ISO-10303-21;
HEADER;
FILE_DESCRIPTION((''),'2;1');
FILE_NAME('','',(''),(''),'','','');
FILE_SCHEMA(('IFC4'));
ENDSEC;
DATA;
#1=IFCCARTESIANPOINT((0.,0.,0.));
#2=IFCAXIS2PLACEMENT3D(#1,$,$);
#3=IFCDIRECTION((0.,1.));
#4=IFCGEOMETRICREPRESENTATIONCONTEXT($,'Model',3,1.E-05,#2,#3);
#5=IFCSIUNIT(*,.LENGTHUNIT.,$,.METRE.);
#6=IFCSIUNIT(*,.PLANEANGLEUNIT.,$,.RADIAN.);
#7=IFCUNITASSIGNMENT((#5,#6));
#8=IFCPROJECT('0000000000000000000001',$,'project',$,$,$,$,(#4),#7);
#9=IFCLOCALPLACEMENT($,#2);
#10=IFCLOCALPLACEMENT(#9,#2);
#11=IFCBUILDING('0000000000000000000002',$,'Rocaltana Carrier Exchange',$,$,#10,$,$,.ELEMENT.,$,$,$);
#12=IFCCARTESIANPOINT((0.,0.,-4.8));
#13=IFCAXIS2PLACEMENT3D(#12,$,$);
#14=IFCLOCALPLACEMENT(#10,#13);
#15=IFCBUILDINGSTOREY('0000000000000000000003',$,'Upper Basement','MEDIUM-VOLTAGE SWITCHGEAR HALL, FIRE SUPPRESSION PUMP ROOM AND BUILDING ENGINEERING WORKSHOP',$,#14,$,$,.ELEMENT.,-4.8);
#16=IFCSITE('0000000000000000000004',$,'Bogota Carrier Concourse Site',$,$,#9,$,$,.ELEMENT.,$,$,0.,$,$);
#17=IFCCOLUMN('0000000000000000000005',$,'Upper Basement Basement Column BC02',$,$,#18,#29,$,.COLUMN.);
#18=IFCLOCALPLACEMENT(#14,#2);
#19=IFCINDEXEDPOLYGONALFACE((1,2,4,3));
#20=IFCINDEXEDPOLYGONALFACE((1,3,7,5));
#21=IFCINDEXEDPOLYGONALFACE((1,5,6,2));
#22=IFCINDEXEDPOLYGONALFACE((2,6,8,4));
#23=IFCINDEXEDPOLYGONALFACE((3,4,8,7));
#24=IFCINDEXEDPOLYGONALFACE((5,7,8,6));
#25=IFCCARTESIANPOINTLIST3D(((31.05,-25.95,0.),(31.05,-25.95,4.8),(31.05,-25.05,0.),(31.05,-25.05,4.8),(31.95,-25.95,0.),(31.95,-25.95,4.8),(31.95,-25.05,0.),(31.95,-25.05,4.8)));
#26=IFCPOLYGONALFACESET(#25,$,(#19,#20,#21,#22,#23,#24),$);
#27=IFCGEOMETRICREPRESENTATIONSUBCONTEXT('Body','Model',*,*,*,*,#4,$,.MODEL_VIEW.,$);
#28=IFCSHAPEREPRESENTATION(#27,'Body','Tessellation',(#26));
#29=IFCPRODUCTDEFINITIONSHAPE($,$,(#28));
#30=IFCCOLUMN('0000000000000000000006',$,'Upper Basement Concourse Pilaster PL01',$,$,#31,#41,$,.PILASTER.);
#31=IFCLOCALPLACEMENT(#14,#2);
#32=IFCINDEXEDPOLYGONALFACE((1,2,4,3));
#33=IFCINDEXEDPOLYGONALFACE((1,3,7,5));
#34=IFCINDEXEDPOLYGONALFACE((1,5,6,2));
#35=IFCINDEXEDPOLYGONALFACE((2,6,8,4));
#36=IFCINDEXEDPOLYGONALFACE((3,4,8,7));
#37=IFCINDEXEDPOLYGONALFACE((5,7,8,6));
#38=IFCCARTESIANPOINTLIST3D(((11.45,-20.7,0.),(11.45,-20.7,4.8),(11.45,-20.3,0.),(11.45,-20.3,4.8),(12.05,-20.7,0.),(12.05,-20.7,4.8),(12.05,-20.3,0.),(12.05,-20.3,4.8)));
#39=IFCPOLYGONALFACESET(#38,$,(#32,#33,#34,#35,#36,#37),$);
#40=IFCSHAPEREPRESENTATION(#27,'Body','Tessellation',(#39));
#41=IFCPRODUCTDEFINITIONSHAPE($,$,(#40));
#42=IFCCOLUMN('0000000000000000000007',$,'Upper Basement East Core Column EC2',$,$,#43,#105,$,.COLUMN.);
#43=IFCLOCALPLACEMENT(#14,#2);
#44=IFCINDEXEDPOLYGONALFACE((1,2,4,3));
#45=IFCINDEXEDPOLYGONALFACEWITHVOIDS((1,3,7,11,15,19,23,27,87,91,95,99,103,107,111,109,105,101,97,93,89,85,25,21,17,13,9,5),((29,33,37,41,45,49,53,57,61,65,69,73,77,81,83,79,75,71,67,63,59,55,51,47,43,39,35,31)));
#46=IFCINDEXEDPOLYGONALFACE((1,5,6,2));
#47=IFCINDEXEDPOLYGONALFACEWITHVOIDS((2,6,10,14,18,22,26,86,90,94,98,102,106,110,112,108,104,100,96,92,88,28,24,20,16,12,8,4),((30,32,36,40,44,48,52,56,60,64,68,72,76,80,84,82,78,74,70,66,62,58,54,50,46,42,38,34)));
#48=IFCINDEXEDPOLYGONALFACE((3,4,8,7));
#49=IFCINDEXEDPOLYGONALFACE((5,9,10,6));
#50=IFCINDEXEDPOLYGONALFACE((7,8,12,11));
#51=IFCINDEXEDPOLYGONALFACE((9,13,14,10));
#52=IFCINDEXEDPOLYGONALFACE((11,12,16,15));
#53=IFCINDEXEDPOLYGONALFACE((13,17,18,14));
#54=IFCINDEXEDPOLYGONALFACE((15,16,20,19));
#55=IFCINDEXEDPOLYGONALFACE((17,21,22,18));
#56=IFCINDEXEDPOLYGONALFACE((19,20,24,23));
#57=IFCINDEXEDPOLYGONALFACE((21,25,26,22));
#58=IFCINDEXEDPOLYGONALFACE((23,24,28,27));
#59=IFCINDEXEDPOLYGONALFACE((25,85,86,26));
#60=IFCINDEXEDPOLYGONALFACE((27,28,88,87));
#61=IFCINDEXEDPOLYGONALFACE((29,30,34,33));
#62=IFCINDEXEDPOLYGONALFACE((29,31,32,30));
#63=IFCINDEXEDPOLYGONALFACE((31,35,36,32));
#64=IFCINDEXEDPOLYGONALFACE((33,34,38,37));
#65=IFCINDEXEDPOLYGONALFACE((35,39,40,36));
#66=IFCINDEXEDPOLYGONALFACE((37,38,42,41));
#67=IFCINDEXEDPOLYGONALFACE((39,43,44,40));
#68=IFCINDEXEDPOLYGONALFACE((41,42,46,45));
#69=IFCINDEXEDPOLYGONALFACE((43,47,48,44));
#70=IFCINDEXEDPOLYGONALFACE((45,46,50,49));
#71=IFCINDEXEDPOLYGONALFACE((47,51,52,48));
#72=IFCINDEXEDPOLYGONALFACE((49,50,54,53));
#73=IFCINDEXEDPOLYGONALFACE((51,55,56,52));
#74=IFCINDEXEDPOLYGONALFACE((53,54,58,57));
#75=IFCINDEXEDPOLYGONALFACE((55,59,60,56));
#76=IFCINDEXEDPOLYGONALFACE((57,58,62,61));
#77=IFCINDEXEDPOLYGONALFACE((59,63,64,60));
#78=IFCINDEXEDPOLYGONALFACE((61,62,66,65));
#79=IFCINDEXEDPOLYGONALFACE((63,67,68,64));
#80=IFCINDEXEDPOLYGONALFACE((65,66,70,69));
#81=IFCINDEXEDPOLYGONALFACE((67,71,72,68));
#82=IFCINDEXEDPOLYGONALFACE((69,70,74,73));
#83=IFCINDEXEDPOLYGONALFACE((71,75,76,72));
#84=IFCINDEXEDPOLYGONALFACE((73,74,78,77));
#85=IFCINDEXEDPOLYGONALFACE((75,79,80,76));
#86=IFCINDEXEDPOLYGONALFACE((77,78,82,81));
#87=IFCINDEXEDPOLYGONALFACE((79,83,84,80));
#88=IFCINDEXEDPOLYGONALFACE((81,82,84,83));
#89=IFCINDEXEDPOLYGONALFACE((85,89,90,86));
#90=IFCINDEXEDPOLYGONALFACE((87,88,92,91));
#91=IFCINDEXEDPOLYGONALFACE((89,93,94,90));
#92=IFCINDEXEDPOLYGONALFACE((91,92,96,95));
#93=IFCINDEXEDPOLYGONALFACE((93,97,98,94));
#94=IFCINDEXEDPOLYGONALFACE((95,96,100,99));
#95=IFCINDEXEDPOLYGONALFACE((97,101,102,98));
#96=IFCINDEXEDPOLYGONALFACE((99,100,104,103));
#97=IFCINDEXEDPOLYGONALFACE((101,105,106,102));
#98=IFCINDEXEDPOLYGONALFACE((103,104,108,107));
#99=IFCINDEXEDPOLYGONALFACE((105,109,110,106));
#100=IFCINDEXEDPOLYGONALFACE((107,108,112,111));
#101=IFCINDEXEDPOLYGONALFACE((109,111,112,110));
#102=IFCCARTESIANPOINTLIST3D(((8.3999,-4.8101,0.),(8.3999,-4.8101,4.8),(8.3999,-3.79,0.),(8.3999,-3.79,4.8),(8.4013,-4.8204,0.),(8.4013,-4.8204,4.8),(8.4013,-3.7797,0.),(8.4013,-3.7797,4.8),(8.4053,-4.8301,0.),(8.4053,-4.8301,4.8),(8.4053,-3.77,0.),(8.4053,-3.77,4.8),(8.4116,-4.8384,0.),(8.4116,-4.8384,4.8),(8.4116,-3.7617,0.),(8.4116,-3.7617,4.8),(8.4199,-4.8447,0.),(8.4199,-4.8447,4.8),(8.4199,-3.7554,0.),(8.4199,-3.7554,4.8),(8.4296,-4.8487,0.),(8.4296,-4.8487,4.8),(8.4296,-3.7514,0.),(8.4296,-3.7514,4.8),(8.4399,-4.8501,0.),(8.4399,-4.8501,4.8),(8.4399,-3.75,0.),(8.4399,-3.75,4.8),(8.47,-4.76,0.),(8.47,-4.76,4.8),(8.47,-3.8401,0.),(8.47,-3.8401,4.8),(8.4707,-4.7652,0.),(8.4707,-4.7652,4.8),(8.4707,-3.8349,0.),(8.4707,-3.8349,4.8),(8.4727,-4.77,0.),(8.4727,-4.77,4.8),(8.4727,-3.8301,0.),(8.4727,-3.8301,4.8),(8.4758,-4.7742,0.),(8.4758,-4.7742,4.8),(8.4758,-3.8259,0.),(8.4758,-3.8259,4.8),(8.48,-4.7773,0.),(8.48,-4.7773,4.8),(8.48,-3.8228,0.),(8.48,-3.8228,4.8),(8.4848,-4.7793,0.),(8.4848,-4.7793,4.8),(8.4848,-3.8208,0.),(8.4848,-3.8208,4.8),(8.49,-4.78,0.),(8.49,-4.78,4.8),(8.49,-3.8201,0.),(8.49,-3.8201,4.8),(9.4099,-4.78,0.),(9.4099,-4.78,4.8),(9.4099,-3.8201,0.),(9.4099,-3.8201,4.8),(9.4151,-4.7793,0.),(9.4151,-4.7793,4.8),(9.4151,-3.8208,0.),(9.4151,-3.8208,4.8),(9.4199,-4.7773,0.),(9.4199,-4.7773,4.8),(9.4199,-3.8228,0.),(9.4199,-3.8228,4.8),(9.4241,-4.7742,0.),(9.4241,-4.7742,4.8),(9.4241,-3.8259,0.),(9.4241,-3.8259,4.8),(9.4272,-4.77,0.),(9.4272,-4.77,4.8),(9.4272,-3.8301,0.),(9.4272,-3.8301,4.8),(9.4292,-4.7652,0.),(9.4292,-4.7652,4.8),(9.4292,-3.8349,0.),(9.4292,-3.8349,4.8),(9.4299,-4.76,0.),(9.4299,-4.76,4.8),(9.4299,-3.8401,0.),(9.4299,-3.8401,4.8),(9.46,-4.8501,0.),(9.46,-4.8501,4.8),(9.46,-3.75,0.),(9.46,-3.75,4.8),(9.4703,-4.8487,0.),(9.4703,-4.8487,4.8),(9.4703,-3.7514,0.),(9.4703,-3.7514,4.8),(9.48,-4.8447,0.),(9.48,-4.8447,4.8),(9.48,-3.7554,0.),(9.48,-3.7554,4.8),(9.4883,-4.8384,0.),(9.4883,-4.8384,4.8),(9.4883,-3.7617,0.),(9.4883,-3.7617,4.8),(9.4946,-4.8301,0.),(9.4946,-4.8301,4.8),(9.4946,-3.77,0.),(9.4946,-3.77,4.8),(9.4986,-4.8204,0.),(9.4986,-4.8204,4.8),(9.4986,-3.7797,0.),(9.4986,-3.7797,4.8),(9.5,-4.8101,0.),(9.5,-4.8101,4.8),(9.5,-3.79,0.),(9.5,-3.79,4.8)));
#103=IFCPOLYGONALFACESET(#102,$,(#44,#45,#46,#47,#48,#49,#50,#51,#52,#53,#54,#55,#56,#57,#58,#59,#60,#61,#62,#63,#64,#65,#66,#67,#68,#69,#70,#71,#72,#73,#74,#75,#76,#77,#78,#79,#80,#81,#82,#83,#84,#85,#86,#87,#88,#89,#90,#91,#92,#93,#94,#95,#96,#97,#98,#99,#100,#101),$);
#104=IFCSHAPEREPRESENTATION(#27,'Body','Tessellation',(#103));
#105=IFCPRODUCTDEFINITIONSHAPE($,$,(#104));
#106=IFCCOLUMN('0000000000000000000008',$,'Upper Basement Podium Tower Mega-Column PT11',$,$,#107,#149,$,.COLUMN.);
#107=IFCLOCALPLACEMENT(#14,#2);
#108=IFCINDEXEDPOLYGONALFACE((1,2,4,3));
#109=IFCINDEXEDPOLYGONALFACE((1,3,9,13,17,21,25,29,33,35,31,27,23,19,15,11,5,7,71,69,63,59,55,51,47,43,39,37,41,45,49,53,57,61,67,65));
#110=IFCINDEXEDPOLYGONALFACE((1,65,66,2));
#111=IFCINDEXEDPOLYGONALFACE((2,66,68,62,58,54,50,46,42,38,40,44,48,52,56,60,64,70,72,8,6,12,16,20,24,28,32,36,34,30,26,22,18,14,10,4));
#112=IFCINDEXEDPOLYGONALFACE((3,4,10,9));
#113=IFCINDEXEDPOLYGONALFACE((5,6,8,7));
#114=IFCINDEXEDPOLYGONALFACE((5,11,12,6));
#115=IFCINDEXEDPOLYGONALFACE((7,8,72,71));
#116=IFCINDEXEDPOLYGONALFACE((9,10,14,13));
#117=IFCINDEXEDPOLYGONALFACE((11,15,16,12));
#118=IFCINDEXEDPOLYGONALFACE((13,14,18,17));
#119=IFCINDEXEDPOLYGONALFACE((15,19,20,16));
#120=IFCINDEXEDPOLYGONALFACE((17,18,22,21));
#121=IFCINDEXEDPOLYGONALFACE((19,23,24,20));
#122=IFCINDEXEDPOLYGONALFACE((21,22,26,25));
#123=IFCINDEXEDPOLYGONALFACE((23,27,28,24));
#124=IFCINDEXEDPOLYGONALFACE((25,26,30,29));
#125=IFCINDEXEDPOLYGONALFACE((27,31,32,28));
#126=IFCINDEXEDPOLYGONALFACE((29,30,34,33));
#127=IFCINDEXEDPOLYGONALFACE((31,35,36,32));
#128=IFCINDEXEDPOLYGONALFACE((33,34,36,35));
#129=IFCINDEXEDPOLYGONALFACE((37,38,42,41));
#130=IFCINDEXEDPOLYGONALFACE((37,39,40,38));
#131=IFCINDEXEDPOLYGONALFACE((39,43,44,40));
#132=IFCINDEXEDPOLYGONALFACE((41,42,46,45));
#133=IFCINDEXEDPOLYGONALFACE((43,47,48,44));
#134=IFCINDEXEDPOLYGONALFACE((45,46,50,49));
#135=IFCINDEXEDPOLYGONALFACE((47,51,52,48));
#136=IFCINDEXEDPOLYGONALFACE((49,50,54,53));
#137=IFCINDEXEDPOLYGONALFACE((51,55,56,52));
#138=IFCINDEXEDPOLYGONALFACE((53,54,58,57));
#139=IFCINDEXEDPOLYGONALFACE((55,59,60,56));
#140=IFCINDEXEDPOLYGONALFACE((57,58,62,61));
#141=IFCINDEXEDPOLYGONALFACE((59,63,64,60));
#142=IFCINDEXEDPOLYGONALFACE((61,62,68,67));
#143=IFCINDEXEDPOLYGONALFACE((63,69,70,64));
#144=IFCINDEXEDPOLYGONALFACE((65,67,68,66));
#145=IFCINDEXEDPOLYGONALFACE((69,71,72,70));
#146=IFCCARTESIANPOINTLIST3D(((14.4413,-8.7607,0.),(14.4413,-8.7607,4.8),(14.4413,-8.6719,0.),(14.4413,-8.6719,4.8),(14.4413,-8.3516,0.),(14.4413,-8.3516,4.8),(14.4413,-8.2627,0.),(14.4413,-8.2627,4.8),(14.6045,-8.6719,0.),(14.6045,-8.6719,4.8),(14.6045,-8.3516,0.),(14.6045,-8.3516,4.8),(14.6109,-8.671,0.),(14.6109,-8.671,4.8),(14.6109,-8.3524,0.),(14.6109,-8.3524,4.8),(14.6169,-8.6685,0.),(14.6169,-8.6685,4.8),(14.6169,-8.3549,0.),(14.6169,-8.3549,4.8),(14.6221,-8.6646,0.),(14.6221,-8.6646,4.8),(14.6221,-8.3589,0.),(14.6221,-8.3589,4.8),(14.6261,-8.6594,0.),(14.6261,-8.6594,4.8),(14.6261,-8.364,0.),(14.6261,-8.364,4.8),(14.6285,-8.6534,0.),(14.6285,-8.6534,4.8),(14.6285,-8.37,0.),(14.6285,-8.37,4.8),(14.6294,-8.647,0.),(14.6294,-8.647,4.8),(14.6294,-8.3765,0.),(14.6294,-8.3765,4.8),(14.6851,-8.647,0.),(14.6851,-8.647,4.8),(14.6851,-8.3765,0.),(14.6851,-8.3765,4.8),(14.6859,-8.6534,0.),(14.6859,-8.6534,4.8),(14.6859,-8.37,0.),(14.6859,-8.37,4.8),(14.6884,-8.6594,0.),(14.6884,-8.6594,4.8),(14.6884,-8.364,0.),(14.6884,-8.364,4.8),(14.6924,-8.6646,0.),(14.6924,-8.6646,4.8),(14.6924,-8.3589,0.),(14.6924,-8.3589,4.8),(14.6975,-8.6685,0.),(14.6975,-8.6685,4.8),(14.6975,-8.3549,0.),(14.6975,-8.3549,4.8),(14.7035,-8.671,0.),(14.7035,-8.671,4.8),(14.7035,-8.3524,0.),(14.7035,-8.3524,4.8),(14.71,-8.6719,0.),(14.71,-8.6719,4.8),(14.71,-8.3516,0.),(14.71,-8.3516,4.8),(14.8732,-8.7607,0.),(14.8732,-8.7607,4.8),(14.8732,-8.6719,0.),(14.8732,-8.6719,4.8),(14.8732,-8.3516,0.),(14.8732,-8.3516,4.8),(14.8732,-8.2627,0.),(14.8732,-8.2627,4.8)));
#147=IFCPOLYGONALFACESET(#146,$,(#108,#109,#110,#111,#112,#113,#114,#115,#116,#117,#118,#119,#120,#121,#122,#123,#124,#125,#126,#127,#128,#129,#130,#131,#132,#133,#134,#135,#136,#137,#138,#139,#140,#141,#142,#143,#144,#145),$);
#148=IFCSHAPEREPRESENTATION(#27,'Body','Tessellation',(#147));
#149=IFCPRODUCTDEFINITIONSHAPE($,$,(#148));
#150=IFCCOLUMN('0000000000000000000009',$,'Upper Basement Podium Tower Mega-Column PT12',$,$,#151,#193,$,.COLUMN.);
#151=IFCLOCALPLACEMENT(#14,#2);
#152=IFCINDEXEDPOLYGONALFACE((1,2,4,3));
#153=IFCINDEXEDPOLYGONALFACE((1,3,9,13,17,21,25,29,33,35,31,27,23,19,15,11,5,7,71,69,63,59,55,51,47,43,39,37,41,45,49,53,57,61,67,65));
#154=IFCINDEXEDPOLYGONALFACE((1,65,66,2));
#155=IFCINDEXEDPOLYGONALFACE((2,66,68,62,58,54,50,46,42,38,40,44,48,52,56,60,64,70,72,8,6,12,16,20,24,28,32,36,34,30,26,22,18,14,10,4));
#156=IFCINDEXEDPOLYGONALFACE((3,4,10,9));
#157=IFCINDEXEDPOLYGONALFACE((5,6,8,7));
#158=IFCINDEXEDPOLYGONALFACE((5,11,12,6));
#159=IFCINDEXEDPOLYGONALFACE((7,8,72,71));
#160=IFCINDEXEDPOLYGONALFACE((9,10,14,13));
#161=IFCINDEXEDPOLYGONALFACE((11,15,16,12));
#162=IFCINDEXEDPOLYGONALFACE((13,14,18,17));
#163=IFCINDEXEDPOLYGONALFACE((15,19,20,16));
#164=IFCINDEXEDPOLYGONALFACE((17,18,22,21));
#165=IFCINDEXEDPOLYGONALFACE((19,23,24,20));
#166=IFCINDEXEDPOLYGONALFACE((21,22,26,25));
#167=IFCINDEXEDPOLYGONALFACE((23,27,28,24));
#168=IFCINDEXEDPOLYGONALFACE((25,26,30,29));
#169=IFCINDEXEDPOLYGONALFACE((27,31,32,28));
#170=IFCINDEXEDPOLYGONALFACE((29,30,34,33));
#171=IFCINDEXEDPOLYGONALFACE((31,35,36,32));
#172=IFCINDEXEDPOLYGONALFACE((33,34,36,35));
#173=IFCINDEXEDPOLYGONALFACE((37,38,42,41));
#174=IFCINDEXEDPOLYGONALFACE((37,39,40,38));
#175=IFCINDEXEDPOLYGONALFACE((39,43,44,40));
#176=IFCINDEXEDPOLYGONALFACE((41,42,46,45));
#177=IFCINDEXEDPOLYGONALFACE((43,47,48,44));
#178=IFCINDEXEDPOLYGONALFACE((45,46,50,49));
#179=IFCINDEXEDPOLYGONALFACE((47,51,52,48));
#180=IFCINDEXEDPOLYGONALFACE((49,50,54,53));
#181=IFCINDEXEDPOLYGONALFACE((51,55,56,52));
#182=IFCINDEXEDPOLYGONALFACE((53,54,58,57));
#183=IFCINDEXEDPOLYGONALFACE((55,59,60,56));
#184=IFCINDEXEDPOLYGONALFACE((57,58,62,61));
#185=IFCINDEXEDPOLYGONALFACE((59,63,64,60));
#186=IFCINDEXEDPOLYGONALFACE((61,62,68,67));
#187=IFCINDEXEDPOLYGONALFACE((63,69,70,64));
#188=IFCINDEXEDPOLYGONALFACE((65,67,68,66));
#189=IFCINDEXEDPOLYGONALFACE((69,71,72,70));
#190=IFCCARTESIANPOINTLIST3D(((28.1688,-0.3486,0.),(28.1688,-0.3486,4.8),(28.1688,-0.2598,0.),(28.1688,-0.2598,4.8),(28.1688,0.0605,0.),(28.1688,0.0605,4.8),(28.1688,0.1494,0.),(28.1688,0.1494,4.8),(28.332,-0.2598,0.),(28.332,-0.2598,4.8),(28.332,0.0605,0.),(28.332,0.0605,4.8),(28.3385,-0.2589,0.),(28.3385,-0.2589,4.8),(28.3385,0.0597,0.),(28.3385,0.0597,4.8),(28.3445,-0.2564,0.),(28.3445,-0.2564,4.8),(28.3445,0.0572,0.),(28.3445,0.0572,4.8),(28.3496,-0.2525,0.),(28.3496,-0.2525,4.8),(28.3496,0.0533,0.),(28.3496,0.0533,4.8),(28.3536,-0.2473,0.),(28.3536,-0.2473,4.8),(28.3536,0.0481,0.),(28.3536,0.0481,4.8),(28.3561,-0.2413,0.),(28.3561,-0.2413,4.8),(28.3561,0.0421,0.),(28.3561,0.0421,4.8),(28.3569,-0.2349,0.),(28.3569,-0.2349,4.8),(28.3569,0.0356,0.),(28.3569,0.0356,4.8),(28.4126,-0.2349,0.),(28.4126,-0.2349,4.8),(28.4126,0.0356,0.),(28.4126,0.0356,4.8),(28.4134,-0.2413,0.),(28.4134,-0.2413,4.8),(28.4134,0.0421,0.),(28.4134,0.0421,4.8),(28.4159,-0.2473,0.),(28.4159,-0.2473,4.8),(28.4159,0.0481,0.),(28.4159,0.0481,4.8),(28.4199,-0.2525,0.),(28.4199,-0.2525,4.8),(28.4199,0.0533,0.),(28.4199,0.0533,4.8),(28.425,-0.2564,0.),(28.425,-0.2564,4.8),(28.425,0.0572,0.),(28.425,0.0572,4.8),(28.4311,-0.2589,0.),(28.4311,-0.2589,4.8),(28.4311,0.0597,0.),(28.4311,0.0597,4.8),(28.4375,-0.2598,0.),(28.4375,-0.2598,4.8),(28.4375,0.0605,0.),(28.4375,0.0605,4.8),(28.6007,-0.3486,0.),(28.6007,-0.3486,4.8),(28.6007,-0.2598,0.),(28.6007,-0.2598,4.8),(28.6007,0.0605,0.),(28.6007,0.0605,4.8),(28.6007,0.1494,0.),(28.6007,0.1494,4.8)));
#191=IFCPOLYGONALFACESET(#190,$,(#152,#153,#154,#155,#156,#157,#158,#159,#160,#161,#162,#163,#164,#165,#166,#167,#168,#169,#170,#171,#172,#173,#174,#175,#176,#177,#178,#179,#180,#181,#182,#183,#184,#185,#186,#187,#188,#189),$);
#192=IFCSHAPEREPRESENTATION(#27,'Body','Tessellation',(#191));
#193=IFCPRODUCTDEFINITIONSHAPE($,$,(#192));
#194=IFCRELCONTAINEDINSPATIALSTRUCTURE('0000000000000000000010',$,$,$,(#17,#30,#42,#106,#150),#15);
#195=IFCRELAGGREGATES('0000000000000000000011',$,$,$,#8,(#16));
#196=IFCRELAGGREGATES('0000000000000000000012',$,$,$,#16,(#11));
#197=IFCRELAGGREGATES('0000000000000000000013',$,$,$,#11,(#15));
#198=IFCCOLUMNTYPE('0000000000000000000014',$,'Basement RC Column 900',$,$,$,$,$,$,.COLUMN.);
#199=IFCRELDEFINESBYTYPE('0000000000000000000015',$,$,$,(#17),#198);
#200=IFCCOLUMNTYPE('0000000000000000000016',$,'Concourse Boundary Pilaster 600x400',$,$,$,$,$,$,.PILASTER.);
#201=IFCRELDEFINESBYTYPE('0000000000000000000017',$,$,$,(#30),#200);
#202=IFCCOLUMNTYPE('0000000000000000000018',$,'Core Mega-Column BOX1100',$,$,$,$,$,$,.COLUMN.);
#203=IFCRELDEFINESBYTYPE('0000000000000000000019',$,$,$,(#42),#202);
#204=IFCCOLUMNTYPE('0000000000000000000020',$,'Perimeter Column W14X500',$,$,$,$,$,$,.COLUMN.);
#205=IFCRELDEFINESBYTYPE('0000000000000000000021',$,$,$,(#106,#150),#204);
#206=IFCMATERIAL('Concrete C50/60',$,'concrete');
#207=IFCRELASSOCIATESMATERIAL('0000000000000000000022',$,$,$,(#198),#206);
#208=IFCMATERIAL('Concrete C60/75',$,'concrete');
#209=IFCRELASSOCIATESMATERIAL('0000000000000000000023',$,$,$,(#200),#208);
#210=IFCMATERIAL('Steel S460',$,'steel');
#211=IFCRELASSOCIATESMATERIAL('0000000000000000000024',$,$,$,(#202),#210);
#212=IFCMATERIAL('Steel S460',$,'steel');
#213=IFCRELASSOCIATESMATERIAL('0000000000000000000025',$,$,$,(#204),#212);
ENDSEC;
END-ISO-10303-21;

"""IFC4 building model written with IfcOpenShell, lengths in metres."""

from ifc_helpers import new_model, si_unit, direction, frame, origin, origin_2d, place, context, subcontext, project, spatial, rectangle, hollow_rectangle, i_section, extrude, material, material_profile, profile_set, type_object, element, save


model = new_model("IFC4")

# Units and contexts
model_context = context("Model", 3, precision=1e-05, world=origin(), true_north=direction((0.0, 1.0)))
body_context = subcontext(model_context, "Body", "Model", "MODEL_VIEW")
ifc_project = project(units=[si_unit("LENGTHUNIT", "METRE"), si_unit("PLANEANGLEUNIT", "RADIAN")], contexts=[model_context])

# Site, building, storey
site_placement = place(None, origin())
site = spatial("IfcSite", under=ifc_project, at=site_placement, Name="Bogota Carrier Concourse Site", CompositionType="ELEMENT", RefElevation=0.0)
building_placement = place(site_placement, origin())
building = spatial("IfcBuilding", under=site, at=building_placement, Name="Rocaltana Carrier Exchange", CompositionType="ELEMENT")
storey_placement = place(building_placement, frame((0.0, 0.0, -4.8)))
storey = spatial("IfcBuildingStorey", under=building, at=storey_placement, Name="Upper Basement", Description="MEDIUM-VOLTAGE SWITCHGEAR HALL, FIRE SUPPRESSION PUMP ROOM AND BUILDING ENGINEERING WORKSHOP", CompositionType="ELEMENT", Elevation=-4.8)

# Columns
ifc_material_1 = material(Name="Concrete C50/60", Category="concrete")
ifc_material_profile_1 = material_profile(ifc_material_1, rectangle(XDim=0.8999, YDim=0.8999, at=origin_2d()), Name="RC-COL-900X900")
ifc_profile_set_1 = profile_set([ifc_material_profile_1], Name="Concrete C50/60")
column_type_1 = type_object("IfcColumnType", Name="Basement RC Column 900", PredefinedType="COLUMN", material=ifc_profile_set_1)
column_1_placement = place(storey_placement, frame((31.5, -25.5, 0.0), z_axis=(0.0, 0.0, 1.0), x_axis=(1.0, 0.0, 0.0)))
element("IfcColumn", 1, at=column_1_placement, inside=storey, type_object=column_type_1, Name="Upper Basement Basement Column BC02", PredefinedType="COLUMN", context=body_context, shape_type="SweptSolid", body=[
    extrude(rectangle(XDim=0.8999, YDim=0.8999, at=origin_2d()), origin(), (0.0, 0.0, 1.0), 4.8),
])
ifc_material_2 = material(Name="Concrete C60/75", Category="concrete")
ifc_material_profile_2 = material_profile(ifc_material_2, rectangle(XDim=0.6001, YDim=0.3999, at=origin_2d()), Name="RC-PIL-600X400")
ifc_profile_set_2 = profile_set([ifc_material_profile_2], Name="Concrete C60/75")
column_type_2 = type_object("IfcColumnType", Name="Concourse Boundary Pilaster 600x400", PredefinedType="PILASTER", material=ifc_profile_set_2)
column_2_placement = place(storey_placement, frame((11.75, -20.5, 0.0), z_axis=(0.0, 0.0, 1.0), x_axis=(1.0, 0.0, 0.0)))
element("IfcColumn", 2, at=column_2_placement, inside=storey, type_object=column_type_2, Name="Upper Basement Concourse Pilaster PL01", PredefinedType="PILASTER", context=body_context, shape_type="SweptSolid", body=[
    extrude(rectangle(XDim=0.6001, YDim=0.3999, at=origin_2d()), origin(), (0.0, 0.0, 1.0), 4.8),
])
ifc_material_3 = material(Name="Steel S460", Category="steel")
ifc_material_profile_3 = material_profile(ifc_material_3, hollow_rectangle(XDim=1.1001, YDim=1.1001, WallThickness=0.0701, InnerFilletRadius=0.02, OuterFilletRadius=0.04, at=origin_2d()), Name="BOX1100X1100X70")
ifc_profile_set_3 = profile_set([ifc_material_profile_3], Name="Steel S460")
column_type_3 = type_object("IfcColumnType", Name="Core Mega-Column BOX1100", PredefinedType="COLUMN", material=ifc_profile_set_3)
column_3_placement = place(storey_placement, frame((8.95, -4.3, 0.0), z_axis=(0.0, 0.0, 1.0), x_axis=(1.0, 0.0, 0.0)))
element("IfcColumn", 3, at=column_3_placement, inside=storey, type_object=column_type_3, Name="Upper Basement East Core Column EC2", PredefinedType="COLUMN", context=body_context, shape_type="SweptSolid", body=[
    extrude(hollow_rectangle(XDim=1.1001, YDim=1.1001, WallThickness=0.0701, InnerFilletRadius=0.02, OuterFilletRadius=0.04, at=origin_2d()), origin(), (0.0, 0.0, 1.0), 4.8),
])
ifc_material_4 = material(Name="Steel S460", Category="steel")
ifc_material_profile_4 = material_profile(ifc_material_4, i_section(OverallWidth=0.4319, OverallDepth=0.498, WebThickness=0.0557, FlangeThickness=0.0889, FilletRadius=0.0249, at=origin_2d()), Name="W14X500")
ifc_profile_set_4 = profile_set([ifc_material_profile_4], Name="Steel S460")
column_type_4 = type_object("IfcColumnType", Name="Perimeter Column W14X500", PredefinedType="COLUMN", material=ifc_profile_set_4)
for number, where, z_axis, x_axis, name in (
    (4, (14.6572, -8.5117, 0.0), (0.0, 0.0, 1.0), (1.0, 0.0, 0.0), "Upper Basement Podium Tower Mega-Column PT11"),
    (5, (28.3848, -0.0996, 0.0), (0.0, 0.0, 1.0), (1.0, 0.0, 0.0), "Upper Basement Podium Tower Mega-Column PT12"),
):
    element("IfcColumn", number, at=place(storey_placement, frame(where, z_axis=z_axis, x_axis=x_axis)), inside=storey, type_object=column_type_4, Name=name, PredefinedType="COLUMN", context=body_context, shape_type="SweptSolid", body=[
        extrude(i_section(OverallWidth=0.4319, OverallDepth=0.498, WebThickness=0.0557, FlangeThickness=0.0889, FilletRadius=0.0249, at=origin_2d()), origin(), (0.0, 0.0, 1.0), 4.8),
    ])

save(model, "model.ifc")
